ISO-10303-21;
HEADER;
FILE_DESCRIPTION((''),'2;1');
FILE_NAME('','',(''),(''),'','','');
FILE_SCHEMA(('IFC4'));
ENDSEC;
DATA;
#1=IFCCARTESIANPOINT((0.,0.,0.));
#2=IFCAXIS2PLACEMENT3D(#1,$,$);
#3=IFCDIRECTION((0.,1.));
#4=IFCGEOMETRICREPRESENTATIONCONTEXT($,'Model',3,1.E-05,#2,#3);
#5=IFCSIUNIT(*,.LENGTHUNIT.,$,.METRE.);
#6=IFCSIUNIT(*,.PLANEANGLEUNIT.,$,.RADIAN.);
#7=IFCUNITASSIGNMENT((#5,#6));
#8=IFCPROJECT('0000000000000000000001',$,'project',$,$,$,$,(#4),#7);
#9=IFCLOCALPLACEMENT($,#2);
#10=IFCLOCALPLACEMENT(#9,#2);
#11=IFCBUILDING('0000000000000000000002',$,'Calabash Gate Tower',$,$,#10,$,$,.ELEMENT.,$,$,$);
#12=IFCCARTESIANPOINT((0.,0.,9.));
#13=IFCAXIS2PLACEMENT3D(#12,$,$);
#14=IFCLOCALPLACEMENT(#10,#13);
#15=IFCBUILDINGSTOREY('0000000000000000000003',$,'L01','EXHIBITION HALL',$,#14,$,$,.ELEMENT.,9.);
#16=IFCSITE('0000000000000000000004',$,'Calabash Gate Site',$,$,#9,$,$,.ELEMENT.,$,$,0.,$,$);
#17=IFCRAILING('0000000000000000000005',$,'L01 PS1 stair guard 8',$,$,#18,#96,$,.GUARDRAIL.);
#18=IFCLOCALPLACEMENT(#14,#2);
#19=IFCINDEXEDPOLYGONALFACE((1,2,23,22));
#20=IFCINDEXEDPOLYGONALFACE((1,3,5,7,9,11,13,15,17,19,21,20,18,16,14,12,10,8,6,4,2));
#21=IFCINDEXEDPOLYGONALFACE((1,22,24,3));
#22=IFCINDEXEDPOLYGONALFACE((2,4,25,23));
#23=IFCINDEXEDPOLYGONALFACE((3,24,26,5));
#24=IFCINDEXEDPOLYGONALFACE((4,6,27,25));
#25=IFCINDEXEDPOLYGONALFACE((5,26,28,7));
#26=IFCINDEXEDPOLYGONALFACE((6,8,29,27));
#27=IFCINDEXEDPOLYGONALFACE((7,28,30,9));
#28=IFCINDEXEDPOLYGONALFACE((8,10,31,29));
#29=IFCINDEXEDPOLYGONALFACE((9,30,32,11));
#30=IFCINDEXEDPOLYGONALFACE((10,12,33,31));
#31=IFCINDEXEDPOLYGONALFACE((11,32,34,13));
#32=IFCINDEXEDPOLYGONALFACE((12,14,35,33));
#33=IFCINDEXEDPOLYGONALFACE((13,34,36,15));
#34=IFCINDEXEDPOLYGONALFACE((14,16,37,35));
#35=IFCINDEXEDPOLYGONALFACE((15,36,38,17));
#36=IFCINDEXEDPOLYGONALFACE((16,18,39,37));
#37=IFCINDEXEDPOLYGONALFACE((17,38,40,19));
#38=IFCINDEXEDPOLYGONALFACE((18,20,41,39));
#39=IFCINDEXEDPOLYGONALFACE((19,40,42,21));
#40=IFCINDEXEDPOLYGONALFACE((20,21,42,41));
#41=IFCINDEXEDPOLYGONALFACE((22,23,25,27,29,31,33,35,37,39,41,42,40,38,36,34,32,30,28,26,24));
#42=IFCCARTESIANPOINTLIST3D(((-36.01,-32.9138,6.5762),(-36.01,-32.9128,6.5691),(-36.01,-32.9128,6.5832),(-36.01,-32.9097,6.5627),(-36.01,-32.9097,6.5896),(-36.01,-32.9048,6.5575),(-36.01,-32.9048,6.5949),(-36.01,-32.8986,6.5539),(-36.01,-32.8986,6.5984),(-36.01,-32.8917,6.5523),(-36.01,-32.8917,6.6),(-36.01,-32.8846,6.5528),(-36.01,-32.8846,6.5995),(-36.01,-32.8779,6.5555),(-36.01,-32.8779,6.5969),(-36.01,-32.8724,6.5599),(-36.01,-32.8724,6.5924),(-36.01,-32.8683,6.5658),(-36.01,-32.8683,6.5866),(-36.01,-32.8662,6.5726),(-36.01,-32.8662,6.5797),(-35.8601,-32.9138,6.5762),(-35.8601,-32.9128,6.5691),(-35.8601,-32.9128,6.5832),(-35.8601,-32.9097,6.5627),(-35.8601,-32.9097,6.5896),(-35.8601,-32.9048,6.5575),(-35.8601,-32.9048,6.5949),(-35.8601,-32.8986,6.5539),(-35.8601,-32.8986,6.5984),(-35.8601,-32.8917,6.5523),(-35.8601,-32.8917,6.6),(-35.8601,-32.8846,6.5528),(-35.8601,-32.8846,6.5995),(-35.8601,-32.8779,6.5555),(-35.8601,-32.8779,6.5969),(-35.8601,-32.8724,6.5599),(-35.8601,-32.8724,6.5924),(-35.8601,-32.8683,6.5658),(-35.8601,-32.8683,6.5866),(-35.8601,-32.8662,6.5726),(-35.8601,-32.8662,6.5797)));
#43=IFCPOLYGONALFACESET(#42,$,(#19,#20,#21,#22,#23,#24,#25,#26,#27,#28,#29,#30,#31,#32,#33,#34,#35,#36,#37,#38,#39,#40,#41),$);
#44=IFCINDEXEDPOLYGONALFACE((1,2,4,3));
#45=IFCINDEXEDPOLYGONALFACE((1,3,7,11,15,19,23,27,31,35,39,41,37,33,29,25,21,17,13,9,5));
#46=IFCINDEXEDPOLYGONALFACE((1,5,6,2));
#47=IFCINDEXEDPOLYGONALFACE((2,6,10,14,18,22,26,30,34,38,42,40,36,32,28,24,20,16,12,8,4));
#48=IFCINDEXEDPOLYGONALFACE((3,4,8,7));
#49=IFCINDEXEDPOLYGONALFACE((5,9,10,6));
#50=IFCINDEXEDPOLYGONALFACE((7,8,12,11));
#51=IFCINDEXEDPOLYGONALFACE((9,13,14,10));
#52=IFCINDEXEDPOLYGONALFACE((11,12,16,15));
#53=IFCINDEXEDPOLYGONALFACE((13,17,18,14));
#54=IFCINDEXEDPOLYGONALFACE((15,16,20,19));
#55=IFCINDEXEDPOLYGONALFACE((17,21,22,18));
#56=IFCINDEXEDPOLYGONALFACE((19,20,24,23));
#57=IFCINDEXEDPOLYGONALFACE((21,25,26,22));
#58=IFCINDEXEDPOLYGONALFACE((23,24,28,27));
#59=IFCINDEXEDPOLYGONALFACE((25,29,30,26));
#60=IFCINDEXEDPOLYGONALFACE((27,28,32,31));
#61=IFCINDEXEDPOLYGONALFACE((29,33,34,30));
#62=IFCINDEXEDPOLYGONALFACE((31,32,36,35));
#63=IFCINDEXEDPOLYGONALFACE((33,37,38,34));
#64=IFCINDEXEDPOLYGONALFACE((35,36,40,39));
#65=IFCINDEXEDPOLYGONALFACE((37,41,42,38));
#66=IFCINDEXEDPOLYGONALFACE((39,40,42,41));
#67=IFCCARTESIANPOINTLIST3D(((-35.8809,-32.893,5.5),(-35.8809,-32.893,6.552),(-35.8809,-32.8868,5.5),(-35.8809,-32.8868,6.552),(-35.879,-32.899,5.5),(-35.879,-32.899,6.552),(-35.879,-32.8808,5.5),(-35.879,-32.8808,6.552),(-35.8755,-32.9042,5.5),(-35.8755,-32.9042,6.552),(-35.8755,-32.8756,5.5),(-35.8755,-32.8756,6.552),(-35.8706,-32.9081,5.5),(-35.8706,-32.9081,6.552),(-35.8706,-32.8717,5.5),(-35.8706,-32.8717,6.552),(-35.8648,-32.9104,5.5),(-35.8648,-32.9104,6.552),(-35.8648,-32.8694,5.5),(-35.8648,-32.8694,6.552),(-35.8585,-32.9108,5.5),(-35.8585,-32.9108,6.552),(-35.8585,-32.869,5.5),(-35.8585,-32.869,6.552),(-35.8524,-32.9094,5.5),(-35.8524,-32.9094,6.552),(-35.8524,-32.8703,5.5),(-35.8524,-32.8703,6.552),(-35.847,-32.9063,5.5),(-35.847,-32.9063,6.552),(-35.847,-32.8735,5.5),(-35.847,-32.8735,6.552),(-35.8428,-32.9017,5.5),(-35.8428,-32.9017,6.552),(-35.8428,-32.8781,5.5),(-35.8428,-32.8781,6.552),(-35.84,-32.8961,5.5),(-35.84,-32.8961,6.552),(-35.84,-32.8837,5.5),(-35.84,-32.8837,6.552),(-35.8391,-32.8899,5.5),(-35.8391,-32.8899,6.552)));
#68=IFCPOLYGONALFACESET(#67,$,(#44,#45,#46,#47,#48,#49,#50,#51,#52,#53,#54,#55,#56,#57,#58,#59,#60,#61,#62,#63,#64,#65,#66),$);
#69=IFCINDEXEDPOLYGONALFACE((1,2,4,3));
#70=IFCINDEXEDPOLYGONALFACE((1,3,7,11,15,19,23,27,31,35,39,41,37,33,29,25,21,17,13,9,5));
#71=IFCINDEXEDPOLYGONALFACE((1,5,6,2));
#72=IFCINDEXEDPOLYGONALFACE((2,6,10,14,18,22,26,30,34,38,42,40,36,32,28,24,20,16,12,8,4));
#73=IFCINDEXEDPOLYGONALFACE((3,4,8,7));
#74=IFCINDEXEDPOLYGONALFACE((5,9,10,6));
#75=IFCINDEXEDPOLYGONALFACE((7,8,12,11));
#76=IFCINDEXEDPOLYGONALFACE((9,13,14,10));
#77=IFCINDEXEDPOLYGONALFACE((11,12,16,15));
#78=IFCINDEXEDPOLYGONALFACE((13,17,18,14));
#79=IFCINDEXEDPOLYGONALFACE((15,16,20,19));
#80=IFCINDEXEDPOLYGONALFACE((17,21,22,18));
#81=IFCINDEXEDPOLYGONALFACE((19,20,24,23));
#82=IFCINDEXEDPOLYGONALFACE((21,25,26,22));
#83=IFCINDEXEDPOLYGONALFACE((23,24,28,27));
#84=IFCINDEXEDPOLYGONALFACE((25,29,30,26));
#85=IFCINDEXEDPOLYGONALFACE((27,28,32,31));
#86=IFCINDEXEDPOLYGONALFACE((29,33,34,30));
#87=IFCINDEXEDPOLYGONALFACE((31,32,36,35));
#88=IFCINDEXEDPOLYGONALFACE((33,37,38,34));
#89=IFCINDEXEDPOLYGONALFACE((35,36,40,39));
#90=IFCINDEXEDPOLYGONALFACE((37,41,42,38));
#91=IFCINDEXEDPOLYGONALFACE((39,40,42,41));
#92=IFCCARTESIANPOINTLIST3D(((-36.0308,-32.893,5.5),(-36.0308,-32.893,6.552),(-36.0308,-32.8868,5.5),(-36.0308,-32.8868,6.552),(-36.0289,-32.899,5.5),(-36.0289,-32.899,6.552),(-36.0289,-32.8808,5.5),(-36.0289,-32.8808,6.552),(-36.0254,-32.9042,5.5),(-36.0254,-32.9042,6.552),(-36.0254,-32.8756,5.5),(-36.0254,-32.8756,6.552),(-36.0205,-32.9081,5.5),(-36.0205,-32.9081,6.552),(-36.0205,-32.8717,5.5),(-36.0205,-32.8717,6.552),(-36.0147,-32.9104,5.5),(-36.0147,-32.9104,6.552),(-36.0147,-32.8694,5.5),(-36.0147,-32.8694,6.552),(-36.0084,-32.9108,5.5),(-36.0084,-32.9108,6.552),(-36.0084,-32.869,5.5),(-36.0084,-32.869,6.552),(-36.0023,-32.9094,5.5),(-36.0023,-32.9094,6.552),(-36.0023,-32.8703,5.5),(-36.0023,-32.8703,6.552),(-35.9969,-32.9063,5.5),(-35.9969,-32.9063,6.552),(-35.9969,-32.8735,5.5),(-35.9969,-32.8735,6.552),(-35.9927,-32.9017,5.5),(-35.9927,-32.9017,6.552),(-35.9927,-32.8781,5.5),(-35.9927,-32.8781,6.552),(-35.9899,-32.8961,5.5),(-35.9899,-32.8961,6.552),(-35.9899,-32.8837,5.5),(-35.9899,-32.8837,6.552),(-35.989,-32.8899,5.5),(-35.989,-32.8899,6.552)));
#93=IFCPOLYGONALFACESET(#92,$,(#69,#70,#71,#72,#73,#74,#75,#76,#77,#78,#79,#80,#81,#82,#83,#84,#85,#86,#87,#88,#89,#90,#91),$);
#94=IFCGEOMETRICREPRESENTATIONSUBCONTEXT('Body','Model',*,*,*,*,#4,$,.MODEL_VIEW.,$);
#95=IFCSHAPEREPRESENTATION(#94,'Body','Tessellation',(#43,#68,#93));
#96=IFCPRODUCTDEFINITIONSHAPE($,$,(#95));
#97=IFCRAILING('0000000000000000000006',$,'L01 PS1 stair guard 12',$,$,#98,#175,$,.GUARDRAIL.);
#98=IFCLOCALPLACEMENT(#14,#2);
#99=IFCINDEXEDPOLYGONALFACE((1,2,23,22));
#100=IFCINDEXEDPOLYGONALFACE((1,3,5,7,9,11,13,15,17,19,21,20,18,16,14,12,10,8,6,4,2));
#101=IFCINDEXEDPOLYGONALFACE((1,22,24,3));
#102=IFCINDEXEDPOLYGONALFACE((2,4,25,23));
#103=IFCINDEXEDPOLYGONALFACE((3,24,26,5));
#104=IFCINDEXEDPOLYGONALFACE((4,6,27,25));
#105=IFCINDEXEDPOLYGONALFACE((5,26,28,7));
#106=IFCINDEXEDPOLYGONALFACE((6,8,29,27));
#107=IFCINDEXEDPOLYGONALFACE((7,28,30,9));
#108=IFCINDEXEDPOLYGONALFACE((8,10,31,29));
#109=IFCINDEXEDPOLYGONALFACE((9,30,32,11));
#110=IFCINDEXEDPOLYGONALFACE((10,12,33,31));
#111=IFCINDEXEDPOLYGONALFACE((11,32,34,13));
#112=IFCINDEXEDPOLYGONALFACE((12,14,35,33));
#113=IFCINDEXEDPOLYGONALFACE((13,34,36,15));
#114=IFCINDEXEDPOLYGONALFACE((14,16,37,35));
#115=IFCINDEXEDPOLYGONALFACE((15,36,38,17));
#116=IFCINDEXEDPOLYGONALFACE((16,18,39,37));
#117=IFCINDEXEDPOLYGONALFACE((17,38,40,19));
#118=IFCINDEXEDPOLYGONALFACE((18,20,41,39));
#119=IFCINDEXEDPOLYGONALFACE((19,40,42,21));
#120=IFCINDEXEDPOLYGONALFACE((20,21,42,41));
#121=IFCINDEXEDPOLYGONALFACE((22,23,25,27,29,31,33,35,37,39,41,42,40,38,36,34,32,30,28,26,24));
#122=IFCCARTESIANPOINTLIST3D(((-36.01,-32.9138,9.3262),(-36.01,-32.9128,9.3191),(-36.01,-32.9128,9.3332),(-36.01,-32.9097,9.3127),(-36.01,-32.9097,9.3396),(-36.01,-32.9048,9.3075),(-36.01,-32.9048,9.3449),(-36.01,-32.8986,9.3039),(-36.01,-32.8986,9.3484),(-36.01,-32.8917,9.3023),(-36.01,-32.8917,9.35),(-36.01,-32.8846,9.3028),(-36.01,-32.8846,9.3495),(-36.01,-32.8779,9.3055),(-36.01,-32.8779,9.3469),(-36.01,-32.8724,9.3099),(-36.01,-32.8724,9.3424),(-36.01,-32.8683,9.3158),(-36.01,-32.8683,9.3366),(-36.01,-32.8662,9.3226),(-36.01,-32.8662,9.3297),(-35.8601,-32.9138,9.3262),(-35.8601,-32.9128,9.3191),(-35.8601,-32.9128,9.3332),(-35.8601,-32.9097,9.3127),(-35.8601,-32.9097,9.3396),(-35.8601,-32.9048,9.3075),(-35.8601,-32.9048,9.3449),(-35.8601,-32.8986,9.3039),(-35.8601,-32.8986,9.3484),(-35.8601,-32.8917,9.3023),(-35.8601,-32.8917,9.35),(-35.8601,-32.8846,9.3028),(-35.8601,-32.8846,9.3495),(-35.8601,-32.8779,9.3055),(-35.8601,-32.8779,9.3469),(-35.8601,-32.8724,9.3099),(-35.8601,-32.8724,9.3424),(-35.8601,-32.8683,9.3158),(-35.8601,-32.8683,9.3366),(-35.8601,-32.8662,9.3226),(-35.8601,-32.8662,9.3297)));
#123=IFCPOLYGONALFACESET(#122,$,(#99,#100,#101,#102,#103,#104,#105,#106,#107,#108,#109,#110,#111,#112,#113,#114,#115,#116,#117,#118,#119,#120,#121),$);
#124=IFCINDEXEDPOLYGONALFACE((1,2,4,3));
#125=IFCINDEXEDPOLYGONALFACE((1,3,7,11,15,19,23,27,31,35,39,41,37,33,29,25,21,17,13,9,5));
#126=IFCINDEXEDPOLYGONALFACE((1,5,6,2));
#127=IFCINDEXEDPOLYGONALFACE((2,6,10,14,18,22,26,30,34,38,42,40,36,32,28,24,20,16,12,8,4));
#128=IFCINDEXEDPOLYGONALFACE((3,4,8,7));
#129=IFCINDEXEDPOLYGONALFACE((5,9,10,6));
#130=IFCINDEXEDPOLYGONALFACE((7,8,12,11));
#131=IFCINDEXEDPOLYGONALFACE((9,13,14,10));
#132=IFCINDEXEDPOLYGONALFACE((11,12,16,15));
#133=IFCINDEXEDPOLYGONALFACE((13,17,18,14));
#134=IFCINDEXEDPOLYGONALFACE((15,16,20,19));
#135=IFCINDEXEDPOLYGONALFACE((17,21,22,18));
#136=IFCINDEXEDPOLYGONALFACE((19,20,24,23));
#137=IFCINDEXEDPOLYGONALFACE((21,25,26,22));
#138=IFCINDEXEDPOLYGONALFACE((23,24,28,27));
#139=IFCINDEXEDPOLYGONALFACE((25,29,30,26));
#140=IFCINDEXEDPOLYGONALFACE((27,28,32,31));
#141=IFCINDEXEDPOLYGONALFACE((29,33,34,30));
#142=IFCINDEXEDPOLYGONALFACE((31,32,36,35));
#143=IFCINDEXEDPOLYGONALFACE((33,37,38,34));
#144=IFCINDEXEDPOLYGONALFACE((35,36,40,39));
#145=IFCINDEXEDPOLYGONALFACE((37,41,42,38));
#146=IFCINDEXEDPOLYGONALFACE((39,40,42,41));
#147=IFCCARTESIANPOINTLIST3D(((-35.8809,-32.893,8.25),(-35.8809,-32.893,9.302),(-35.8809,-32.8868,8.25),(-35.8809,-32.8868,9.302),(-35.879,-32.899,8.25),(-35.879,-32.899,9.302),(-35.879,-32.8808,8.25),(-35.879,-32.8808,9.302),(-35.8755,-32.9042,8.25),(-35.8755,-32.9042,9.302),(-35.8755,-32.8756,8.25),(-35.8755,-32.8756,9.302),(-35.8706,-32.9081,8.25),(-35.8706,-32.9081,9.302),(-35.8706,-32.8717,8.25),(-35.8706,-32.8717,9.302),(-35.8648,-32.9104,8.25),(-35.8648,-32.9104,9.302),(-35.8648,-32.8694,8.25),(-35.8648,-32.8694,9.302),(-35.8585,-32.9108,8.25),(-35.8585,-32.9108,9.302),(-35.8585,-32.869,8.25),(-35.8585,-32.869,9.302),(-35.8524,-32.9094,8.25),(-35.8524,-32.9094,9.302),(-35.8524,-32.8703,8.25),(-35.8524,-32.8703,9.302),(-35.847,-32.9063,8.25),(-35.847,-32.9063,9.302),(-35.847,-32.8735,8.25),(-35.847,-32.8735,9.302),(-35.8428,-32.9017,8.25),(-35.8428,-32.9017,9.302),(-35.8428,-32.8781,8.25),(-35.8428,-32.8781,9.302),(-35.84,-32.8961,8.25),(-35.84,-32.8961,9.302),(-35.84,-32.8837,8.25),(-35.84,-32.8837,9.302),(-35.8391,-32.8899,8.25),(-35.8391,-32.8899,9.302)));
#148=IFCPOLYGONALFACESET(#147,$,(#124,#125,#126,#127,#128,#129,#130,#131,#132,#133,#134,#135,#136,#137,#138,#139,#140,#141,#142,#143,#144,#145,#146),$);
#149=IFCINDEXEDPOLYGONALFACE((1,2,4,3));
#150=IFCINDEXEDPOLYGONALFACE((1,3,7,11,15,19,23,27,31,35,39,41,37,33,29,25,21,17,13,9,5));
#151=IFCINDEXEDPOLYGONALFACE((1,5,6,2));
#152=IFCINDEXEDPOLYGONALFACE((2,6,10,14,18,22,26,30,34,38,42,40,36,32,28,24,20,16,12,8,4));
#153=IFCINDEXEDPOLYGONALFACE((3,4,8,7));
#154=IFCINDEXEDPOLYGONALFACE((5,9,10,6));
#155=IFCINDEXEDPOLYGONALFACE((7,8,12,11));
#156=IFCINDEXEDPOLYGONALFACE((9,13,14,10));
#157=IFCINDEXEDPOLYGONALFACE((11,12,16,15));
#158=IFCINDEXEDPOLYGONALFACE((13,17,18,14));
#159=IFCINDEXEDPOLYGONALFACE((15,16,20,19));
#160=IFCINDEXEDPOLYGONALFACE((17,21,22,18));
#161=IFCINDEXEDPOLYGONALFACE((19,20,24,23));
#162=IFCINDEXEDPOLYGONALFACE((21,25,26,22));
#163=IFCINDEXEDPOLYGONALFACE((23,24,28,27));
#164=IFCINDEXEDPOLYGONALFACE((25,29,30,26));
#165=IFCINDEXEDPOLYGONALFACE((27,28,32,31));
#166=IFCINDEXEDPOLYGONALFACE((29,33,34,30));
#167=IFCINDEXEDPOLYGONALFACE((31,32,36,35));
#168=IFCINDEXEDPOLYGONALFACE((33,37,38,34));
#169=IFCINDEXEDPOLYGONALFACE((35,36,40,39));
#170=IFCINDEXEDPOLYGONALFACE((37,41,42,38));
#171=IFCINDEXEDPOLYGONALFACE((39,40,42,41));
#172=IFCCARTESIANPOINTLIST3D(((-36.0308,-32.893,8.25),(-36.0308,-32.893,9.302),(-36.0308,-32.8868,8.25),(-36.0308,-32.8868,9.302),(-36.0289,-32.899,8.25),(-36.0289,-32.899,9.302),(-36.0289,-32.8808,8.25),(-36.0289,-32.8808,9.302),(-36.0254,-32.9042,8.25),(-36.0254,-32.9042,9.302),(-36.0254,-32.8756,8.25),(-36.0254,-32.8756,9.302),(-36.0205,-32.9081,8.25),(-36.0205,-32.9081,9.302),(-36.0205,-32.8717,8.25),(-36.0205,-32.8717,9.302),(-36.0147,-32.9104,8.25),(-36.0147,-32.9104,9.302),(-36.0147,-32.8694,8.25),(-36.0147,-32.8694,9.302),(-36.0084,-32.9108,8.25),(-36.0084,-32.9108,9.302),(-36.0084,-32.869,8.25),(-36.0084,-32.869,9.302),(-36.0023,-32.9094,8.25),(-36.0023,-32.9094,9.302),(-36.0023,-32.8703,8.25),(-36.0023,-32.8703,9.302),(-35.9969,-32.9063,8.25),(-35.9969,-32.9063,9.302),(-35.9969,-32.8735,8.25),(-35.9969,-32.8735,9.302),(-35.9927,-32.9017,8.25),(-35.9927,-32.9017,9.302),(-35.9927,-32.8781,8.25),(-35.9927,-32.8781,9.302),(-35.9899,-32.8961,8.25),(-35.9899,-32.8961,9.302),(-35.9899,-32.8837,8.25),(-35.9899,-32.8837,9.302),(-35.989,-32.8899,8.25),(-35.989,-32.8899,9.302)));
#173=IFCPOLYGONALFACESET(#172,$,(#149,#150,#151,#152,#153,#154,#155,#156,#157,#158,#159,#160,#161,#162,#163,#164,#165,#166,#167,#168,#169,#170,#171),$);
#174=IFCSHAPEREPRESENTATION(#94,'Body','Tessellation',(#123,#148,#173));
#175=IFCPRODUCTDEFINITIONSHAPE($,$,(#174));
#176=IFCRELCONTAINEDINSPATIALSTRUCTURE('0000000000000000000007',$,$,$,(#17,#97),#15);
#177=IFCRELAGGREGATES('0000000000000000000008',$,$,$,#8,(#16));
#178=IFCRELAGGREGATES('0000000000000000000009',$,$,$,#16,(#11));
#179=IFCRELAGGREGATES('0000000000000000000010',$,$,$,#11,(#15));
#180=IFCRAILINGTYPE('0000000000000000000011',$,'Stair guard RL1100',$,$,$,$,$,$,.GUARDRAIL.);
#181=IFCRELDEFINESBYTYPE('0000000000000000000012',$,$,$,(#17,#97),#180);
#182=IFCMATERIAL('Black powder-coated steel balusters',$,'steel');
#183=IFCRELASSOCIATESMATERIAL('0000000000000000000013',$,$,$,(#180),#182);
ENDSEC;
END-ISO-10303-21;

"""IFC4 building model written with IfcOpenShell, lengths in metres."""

from ifc_helpers import new_model, si_unit, direction, frame, origin, origin_2d, place, context, subcontext, project, spatial, circle, extrude, material, type_object, element, save


model = new_model("IFC4")

# Units and contexts
model_context = context("Model", 3, precision=1e-05, world=origin(), true_north=direction((0.0, 1.0)))
body_context = subcontext(model_context, "Body", "Model", "MODEL_VIEW")
ifc_project = project(units=[si_unit("LENGTHUNIT", "METRE"), si_unit("PLANEANGLEUNIT", "RADIAN")], contexts=[model_context])

# Site, building, storey
site_placement = place(None, origin())
site = spatial("IfcSite", under=ifc_project, at=site_placement, Name="Calabash Gate Site", CompositionType="ELEMENT", RefElevation=0.0)
building_placement = place(site_placement, origin())
building = spatial("IfcBuilding", under=site, at=building_placement, Name="Calabash Gate Tower", CompositionType="ELEMENT")
storey_placement = place(building_placement, frame((0.0, 0.0, 9.0)))
storey = spatial("IfcBuildingStorey", under=building, at=storey_placement, Name="L01", Description="EXHIBITION HALL", CompositionType="ELEMENT", Elevation=9.0)

# Railings
ifc_material_1 = material(Name="Black powder-coated steel balusters", Category="steel")
railing_type = type_object("IfcRailingType", Name="Stair guard RL1100", PredefinedType="GUARDRAIL", material=ifc_material_1)
for number, where, name in (
    (1, (-35.8601, -32.8899, 5.5), "L01 PS1 stair guard 8"),
    (2, (-35.8601, -32.8899, 8.25), "L01 PS1 stair guard 12"),
):
    element("IfcRailing", number, at=place(storey_placement, frame(where)), inside=storey, type_object=railing_type, Name=name, PredefinedType="GUARDRAIL", context=body_context, shape_type="SweptSolid", body=[
        extrude(circle(Radius=0.0239, at=origin_2d()), frame((0.0, 0.0, 1.0762), z_axis=(-1.0, 0.0, 0.0), x_axis=(0.0, -1.0, 0.0)), (0.0, 0.0, 1.0), 0.1499),
        extrude(circle(Radius=0.021, at=origin_2d()), origin(), (0.0, 0.0, 1.0), 1.052),
        extrude(circle(Radius=0.021, at=origin_2d()), frame((-0.1499, 0.0, 0.0)), (0.0, 0.0, 1.0), 1.052),
    ])

save(model, "model.ifc")
